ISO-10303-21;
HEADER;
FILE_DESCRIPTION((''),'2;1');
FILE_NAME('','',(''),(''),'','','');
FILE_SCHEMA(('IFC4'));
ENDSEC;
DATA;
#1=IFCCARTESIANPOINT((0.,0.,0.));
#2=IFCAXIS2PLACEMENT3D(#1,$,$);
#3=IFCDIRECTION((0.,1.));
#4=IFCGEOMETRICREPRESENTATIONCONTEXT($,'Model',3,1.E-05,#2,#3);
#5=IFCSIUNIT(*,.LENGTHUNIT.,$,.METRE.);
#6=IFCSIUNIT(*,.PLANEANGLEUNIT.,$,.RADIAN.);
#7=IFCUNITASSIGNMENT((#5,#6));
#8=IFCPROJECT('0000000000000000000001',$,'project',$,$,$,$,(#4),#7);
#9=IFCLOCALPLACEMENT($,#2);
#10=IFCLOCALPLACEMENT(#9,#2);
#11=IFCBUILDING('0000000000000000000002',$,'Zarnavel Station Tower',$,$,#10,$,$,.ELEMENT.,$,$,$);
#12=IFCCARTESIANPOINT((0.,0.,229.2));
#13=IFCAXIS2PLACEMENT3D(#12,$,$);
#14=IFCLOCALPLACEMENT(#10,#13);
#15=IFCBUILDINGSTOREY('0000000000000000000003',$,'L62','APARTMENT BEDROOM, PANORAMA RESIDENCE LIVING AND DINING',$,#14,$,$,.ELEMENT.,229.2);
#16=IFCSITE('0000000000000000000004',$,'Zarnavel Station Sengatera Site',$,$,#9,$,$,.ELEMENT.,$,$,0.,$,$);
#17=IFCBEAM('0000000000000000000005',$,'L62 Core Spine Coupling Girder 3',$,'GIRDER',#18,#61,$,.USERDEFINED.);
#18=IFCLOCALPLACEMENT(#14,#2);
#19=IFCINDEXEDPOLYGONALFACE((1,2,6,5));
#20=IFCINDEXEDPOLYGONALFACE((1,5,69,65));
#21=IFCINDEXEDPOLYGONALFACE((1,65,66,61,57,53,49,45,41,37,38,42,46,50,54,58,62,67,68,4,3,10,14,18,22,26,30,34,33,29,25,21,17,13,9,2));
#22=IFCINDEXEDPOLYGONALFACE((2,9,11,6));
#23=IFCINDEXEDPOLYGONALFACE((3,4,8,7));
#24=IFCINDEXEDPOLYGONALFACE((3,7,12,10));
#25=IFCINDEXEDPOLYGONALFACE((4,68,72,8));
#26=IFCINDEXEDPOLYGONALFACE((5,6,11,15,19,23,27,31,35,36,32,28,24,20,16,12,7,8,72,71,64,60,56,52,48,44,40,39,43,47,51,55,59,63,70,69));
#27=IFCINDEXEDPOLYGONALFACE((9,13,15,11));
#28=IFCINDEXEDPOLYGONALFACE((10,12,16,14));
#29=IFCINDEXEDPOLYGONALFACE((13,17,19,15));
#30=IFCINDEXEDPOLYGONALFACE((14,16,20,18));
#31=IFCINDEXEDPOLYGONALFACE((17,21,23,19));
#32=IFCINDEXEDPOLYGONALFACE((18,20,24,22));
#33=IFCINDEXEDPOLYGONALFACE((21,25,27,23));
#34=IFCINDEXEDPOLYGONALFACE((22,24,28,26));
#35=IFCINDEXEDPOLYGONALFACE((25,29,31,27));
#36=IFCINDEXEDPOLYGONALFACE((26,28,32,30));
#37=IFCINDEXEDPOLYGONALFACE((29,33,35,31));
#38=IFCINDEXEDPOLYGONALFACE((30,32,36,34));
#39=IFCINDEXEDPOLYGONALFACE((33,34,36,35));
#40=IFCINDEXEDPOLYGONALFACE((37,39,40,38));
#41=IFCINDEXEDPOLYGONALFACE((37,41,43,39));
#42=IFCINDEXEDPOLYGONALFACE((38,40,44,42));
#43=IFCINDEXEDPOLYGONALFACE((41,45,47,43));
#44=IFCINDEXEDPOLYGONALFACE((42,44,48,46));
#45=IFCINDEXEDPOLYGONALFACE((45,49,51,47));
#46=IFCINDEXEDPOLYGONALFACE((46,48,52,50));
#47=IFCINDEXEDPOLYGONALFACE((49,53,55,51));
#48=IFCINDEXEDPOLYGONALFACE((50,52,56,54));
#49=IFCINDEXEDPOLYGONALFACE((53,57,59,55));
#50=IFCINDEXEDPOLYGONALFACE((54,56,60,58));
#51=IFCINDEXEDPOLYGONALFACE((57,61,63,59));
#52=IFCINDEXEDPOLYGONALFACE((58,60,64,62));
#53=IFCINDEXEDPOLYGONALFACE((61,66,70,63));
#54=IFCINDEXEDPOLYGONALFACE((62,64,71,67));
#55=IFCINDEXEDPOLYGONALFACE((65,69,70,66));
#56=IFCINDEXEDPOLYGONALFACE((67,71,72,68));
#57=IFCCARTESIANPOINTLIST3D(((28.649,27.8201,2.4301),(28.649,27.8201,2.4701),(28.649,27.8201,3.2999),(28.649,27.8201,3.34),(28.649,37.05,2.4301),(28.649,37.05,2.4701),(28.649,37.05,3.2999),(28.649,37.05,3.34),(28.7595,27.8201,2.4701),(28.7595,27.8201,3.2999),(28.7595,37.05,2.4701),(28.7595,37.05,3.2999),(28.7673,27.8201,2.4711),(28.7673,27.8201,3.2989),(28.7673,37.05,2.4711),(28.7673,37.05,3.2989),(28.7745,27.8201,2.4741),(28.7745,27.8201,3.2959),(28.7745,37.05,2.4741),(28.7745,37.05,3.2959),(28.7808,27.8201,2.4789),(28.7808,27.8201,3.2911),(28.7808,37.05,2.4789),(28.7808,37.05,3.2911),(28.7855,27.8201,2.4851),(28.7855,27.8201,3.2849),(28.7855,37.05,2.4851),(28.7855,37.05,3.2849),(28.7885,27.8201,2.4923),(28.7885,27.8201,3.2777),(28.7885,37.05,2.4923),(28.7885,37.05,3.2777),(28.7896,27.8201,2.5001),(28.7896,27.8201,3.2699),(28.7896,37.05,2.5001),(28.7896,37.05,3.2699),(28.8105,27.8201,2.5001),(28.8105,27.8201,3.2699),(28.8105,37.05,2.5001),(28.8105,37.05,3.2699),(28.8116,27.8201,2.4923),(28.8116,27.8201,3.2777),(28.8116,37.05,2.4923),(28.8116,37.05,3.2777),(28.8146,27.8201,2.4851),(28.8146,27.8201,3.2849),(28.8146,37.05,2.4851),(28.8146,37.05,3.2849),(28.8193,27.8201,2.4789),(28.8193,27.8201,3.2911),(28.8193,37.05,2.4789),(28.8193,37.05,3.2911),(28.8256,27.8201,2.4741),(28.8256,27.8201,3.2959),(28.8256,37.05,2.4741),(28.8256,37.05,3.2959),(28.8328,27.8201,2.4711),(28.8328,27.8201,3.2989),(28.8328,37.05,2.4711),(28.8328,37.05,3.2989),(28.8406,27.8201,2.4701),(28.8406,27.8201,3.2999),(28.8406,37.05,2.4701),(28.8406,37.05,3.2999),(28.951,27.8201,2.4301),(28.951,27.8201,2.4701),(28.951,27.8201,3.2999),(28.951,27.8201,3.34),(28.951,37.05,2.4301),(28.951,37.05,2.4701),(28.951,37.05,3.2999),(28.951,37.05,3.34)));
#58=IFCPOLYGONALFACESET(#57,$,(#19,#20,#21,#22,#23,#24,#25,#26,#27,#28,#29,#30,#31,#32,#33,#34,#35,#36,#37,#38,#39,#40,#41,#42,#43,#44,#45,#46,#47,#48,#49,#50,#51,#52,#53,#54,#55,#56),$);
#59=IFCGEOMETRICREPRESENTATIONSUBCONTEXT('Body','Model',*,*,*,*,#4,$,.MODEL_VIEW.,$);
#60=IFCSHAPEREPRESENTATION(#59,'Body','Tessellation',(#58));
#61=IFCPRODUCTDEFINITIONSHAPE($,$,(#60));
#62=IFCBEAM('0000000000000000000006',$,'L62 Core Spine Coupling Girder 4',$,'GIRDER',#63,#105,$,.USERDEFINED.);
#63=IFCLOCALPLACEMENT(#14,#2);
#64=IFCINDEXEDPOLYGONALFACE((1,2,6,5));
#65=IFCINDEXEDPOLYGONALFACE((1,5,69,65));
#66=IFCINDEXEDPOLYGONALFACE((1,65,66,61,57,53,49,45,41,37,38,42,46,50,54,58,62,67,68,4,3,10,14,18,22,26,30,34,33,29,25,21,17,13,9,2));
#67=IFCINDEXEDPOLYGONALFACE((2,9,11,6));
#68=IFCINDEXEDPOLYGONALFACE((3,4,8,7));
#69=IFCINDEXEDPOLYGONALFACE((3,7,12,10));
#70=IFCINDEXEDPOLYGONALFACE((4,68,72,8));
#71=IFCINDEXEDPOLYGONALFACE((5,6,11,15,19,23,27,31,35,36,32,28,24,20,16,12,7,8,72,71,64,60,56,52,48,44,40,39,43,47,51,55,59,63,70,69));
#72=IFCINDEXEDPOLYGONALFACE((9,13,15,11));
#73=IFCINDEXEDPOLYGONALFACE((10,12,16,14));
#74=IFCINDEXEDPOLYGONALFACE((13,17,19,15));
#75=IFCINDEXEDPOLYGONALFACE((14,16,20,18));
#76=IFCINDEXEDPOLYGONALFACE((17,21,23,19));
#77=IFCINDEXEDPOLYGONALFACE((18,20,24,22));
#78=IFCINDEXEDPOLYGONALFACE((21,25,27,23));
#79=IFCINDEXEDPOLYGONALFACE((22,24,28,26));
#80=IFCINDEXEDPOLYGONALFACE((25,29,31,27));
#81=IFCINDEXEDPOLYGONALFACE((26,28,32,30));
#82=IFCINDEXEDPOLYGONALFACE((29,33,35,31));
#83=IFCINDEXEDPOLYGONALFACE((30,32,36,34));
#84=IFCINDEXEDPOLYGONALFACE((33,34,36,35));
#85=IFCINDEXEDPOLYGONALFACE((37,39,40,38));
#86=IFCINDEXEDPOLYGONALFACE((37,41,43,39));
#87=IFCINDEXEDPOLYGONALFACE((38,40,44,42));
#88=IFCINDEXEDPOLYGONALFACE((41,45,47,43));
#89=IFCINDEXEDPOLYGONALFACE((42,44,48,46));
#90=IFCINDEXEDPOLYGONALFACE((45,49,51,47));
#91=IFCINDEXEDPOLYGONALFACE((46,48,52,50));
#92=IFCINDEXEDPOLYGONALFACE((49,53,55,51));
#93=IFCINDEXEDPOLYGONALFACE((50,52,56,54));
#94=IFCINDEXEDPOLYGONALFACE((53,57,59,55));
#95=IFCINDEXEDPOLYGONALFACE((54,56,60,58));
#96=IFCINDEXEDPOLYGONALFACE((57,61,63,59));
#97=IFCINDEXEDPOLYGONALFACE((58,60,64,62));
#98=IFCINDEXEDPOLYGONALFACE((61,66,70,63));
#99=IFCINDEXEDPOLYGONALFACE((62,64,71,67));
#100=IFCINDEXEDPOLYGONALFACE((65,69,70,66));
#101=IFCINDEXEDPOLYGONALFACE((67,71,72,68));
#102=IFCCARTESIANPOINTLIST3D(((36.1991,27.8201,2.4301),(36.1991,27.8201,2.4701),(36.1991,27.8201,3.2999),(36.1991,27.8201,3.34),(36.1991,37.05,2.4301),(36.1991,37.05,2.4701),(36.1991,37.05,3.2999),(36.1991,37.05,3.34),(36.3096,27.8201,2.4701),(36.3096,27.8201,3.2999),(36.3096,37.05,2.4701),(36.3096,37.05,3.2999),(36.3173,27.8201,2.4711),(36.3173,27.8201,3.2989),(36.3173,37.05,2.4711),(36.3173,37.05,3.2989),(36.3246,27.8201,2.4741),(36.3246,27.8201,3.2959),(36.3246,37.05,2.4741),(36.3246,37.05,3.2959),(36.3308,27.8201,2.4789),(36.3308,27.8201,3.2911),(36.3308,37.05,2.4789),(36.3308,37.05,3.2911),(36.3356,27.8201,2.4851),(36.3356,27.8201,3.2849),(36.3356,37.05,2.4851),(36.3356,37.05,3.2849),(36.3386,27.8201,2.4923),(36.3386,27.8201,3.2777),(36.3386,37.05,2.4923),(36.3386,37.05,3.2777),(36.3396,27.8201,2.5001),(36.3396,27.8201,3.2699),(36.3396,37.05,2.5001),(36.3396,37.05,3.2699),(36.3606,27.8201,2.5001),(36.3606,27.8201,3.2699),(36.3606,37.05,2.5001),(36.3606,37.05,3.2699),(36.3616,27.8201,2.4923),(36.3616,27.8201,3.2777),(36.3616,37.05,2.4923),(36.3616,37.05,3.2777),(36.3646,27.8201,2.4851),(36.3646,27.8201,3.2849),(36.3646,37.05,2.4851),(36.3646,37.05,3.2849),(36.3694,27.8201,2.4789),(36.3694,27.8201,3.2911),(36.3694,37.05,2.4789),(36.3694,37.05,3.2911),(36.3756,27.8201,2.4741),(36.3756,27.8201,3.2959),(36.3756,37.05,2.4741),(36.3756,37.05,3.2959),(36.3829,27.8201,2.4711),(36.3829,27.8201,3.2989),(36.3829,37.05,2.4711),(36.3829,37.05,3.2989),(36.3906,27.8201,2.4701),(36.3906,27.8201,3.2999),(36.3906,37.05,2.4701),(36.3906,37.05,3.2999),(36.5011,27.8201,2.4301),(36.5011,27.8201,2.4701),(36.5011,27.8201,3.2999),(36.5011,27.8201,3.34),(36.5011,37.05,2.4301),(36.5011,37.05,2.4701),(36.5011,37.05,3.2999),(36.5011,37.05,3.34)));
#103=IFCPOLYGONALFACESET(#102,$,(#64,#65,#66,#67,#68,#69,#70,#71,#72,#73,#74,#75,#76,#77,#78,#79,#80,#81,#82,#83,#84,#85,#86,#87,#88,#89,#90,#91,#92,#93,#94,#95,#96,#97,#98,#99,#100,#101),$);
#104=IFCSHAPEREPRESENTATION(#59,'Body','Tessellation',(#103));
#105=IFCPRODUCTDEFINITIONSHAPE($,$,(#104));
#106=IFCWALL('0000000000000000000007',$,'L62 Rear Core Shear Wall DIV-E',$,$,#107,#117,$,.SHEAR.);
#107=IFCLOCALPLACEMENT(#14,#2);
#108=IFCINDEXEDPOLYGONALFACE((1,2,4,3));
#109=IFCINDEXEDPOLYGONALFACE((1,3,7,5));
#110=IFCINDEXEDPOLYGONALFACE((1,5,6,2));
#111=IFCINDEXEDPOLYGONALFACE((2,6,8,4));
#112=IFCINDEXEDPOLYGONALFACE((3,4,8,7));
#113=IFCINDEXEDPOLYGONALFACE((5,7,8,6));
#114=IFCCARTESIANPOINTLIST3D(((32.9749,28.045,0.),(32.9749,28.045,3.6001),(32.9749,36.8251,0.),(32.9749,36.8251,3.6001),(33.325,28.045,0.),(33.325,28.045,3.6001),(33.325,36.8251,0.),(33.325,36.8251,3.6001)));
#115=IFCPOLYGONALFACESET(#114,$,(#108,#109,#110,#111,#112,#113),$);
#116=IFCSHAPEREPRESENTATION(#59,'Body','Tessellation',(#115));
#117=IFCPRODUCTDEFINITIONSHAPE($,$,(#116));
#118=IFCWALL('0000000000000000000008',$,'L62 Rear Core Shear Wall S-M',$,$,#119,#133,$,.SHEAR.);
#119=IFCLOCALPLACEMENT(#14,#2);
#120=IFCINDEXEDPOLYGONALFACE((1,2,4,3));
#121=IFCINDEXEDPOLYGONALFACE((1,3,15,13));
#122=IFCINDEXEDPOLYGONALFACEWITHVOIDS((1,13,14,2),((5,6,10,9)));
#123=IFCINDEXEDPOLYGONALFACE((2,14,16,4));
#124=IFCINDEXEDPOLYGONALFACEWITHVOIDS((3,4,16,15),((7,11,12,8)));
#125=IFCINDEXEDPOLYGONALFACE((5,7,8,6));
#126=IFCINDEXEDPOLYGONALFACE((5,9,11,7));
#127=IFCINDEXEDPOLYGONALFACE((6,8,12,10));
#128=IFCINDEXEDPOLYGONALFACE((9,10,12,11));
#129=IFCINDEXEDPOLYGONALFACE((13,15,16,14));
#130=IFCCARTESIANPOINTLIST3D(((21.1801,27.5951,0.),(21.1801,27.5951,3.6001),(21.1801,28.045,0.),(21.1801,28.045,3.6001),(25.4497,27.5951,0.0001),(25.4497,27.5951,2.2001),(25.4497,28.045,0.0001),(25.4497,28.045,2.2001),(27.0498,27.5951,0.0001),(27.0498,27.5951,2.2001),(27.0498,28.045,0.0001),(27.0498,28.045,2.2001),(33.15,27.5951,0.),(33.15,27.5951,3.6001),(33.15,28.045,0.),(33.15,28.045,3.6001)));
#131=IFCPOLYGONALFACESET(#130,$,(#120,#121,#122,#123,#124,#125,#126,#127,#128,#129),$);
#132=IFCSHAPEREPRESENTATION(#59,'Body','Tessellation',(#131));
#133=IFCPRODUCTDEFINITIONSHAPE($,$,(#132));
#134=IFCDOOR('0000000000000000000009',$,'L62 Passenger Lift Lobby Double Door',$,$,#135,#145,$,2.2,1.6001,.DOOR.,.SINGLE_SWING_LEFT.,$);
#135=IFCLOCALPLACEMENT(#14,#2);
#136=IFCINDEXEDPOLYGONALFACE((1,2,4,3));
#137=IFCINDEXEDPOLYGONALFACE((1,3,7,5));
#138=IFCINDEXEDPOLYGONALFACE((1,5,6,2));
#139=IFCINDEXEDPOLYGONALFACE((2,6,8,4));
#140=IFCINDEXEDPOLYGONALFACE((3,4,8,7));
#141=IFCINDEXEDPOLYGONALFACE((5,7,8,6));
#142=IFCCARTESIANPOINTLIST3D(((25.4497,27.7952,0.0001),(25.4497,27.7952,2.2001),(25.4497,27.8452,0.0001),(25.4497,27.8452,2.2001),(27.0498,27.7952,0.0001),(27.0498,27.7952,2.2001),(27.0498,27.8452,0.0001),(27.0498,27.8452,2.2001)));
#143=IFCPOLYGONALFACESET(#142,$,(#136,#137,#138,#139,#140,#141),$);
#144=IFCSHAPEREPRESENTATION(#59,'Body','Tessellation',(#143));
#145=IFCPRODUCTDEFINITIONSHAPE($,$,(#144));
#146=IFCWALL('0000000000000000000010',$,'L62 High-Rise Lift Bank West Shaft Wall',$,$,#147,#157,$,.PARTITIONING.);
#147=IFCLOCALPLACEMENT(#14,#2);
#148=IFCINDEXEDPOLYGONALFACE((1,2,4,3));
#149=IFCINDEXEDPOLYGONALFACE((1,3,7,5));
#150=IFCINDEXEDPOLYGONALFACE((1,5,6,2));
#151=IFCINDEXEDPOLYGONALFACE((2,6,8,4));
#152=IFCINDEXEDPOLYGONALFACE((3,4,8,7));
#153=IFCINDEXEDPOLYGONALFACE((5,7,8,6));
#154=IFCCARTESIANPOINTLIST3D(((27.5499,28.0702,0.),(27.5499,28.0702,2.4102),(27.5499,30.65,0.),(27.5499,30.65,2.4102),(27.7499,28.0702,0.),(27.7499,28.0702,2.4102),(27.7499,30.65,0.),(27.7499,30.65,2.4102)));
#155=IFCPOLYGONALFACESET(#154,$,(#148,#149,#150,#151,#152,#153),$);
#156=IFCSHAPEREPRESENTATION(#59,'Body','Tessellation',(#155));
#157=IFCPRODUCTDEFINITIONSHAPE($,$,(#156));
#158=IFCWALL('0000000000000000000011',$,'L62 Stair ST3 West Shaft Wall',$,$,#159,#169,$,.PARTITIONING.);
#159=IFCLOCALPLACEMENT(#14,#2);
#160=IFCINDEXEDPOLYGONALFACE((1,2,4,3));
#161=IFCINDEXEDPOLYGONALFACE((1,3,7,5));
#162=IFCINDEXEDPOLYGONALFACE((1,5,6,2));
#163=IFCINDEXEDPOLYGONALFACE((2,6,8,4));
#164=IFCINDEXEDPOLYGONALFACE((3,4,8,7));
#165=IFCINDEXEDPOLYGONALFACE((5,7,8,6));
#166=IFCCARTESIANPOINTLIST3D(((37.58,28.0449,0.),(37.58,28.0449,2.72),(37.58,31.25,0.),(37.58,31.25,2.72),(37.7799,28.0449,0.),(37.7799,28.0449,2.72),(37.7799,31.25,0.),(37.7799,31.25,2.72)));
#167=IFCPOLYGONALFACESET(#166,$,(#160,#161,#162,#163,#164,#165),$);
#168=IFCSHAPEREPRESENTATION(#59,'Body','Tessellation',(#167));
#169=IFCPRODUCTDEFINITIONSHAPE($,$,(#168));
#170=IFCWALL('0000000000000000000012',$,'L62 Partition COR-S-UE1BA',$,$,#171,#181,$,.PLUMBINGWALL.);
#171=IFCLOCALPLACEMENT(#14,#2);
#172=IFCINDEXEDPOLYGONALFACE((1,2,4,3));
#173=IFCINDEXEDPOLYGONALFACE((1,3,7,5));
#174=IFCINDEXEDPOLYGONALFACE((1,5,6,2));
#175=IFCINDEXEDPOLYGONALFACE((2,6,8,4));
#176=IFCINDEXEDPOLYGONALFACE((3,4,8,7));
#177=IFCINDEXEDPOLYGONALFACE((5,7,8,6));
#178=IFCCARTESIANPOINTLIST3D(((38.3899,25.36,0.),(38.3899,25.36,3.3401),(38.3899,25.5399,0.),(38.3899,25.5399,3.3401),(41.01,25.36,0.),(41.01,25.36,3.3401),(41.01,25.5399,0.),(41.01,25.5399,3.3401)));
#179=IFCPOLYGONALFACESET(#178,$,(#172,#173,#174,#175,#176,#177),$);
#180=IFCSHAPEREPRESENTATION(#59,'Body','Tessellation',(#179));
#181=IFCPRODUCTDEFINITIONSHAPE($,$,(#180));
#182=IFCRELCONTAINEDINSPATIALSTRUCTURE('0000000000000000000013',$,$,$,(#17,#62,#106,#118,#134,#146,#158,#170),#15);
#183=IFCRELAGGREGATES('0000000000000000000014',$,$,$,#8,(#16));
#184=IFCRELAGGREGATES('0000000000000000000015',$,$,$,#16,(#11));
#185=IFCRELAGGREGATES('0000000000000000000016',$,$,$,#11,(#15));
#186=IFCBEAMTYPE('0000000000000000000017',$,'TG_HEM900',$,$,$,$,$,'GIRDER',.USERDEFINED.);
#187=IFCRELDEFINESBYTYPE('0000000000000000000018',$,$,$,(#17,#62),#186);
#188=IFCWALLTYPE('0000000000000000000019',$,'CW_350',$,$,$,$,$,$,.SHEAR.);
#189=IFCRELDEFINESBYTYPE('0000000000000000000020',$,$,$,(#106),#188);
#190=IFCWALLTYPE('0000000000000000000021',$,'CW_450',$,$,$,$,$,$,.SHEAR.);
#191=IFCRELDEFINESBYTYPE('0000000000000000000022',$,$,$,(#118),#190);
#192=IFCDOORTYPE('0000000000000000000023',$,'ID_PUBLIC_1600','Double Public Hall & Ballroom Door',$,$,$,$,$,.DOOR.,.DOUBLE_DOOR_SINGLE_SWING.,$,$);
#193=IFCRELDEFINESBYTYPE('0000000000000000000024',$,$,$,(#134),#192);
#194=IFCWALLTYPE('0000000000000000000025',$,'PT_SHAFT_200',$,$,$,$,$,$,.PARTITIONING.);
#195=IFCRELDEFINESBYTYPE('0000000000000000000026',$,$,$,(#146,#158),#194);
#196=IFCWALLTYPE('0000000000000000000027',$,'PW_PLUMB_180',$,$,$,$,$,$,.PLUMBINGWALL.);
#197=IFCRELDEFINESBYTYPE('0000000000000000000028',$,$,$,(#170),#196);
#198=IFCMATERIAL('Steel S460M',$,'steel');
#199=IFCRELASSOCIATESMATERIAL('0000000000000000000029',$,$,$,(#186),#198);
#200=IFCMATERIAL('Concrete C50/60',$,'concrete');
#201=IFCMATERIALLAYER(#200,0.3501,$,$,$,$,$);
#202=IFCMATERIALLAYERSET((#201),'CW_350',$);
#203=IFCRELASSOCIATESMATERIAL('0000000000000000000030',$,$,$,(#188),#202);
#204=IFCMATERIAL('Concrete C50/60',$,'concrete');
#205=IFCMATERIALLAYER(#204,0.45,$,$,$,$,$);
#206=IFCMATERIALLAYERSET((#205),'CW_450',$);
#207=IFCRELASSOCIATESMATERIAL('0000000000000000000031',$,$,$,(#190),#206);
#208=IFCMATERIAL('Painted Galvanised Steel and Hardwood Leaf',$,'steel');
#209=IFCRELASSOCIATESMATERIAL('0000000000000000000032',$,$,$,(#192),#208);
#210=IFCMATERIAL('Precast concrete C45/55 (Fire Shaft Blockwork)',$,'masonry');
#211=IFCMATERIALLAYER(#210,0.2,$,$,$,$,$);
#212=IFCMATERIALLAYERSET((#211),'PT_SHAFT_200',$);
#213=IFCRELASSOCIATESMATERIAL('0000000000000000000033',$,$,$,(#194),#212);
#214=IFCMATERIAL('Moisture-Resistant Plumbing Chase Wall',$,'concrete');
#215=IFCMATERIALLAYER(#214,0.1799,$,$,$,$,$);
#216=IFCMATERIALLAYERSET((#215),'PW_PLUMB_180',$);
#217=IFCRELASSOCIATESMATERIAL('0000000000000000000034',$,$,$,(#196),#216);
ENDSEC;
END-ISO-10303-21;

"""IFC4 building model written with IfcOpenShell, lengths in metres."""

from ifc_helpers import new_model, si_unit, direction, frame, frame_2d, origin, origin_2d, place, context, subcontext, project, spatial, rectangle, i_section, extrude, material, layer, layer_set, material_profile, profile_set, type_object, element, fill, save


model = new_model("IFC4")

# Units and contexts
model_context = context("Model", 3, precision=1e-05, world=origin(), true_north=direction((0.0, 1.0)))
body_context = subcontext(model_context, "Body", "Model", "MODEL_VIEW")
ifc_project = project(units=[si_unit("LENGTHUNIT", "METRE"), si_unit("PLANEANGLEUNIT", "RADIAN")], contexts=[model_context])

# Site, building, storey
site_placement = place(None, origin())
site = spatial("IfcSite", under=ifc_project, at=site_placement, Name="Zarnavel Station Sengatera Site", CompositionType="ELEMENT", RefElevation=0.0)
building_placement = place(site_placement, origin())
building = spatial("IfcBuilding", under=site, at=building_placement, Name="Zarnavel Station Tower", CompositionType="ELEMENT")
storey_placement = place(building_placement, frame((0.0, 0.0, 229.2)))
storey = spatial("IfcBuildingStorey", under=building, at=storey_placement, Name="L62", Description="APARTMENT BEDROOM, PANORAMA RESIDENCE LIVING AND DINING", CompositionType="ELEMENT", Elevation=229.2)

# Beams
ifc_material_1 = material(Name="Steel S460M", Category="steel")
ifc_material_profile_1 = material_profile(ifc_material_1, i_section(OverallWidth=0.302, OverallDepth=0.9099, WebThickness=0.021, FlangeThickness=0.04, FilletRadius=0.03, at=origin_2d()), Name="HEM900")
ifc_profile_set_1 = profile_set([ifc_material_profile_1], Name="Steel S460M")
beam_type_1 = type_object("IfcBeamType", Name="TG_HEM900", ElementType="GIRDER", PredefinedType="USERDEFINED", material=ifc_profile_set_1)
for number, where, z_axis, x_axis, name in (
    (1, (28.8, 27.8201, 2.885), (0.0, 1.0, 0.0), (-1.0, 0.0, 0.0), "L62 Core Spine Coupling Girder 3"),
    (2, (36.3501, 27.8201, 2.885), (0.0, 1.0, 0.0), (-1.0, 0.0, 0.0), "L62 Core Spine Coupling Girder 4"),
):
    element("IfcBeam", number, at=place(storey_placement, frame(where, z_axis=z_axis, x_axis=x_axis)), inside=storey, type_object=beam_type_1, Name=name, ObjectType="GIRDER", PredefinedType="USERDEFINED", context=body_context, shape_type="SweptSolid", body=[
        extrude(i_section(OverallWidth=0.302, OverallDepth=0.9099, WebThickness=0.021, FlangeThickness=0.04, FilletRadius=0.03, at=origin_2d()), origin(), (0.0, 0.0, 1.0), 9.23),
    ])

# Wall
ifc_material_2 = material(Name="Concrete C50/60", Category="concrete")
ifc_layer_1 = layer(ifc_material_2, 0.3501)
ifc_layer_set_1 = layer_set([ifc_layer_1], Name="CW_350")
wall_type_1 = type_object("IfcWallType", Name="CW_350", PredefinedType="SHEAR", material=ifc_layer_set_1)
wall_1_placement = place(storey_placement, frame((33.1499, 28.0449, 0.0), z_axis=(0.0, 0.0, 1.0), x_axis=(0.0, 1.0, 0.0)))
element("IfcWall", 3, at=wall_1_placement, inside=storey, type_object=wall_type_1, Name="L62 Rear Core Shear Wall DIV-E", PredefinedType="SHEAR", context=body_context, shape_type="SweptSolid", body=[
    extrude(rectangle(XDim=8.78, YDim=0.3501, at=frame_2d((4.3901, 0.0))), origin(), (0.0, 0.0, 1.0), 3.6001),
])

# Wall, opening, door
ifc_material_3 = material(Name="Concrete C50/60", Category="concrete")
ifc_layer_2 = layer(ifc_material_3, 0.45)
ifc_layer_set_2 = layer_set([ifc_layer_2], Name="CW_450")
wall_type_2 = type_object("IfcWallType", Name="CW_450", PredefinedType="SHEAR", material=ifc_layer_set_2)
wall_2_placement = place(storey_placement, frame((33.1499, 27.8201, 0.0), z_axis=(0.0, 0.0, 1.0), x_axis=(-1.0, 0.0, 0.0)))
wall_2 = element("IfcWall", 4, at=wall_2_placement, inside=storey, type_object=wall_type_2, Name="L62 Rear Core Shear Wall S-M", PredefinedType="SHEAR", context=body_context, shape_type="SweptSolid", body=[
    extrude(rectangle(XDim=11.97, YDim=0.45, at=frame_2d((5.9849, 0.0))), origin(), (0.0, 0.0, 1.0), 3.6001),
])
opening_1_placement = place(wall_2_placement, frame((6.1001, 0.0, 0.0)))
opening_1 = element("IfcOpeningElement", 5, at=opening_1_placement, cuts=wall_2, PredefinedType="OPENING", context=body_context, shape_type="SweptSolid", body=[
    extrude(rectangle(XDim=1.6001, YDim=2.2, at=frame_2d((0.8, 1.1001))), frame((0.0, 0.2349, 0.0), z_axis=(0.0, -1.0, 0.0), x_axis=(1.0, 0.0, 0.0)), (0.0, 0.0, 1.0), 0.47),
])
ifc_material_4 = material(Name="Painted Galvanised Steel and Hardwood Leaf", Category="steel")
door_type_1 = type_object("IfcDoorType", Name="ID_PUBLIC_1600", Description="Double Public Hall & Ballroom Door", OperationType="DOUBLE_DOOR_SINGLE_SWING", PredefinedType="DOOR", material=ifc_material_4)
door_1_placement = place(opening_1_placement, origin())
door_1 = element("IfcDoor", 6, at=door_1_placement, inside=storey, type_object=door_type_1, Name="L62 Passenger Lift Lobby Double Door", OperationType="SINGLE_SWING_LEFT", OverallHeight=2.2, OverallWidth=1.6001, PredefinedType="DOOR", context=body_context, shape_type="SweptSolid", body=[
    extrude(rectangle(XDim=1.6001, YDim=2.2, at=frame_2d((0.8, 1.1001))), frame((0.0, 0.0249, 0.0), z_axis=(0.0, -1.0, 0.0), x_axis=(1.0, 0.0, 0.0)), (0.0, 0.0, 1.0), 0.05),
])
fill(opening_1, door_1)

# Walls
ifc_material_5 = material(Name="Precast concrete C45/55 (Fire Shaft Blockwork)", Category="masonry")
ifc_layer_3 = layer(ifc_material_5, 0.2)
ifc_layer_set_3 = layer_set([ifc_layer_3], Name="PT_SHAFT_200")
wall_type_3 = type_object("IfcWallType", Name="PT_SHAFT_200", PredefinedType="PARTITIONING", material=ifc_layer_set_3)
wall_3_placement = place(storey_placement, frame((27.6499, 28.0701, 0.0), z_axis=(0.0, 0.0, 1.0), x_axis=(0.0, 1.0, 0.0)))
element("IfcWall", 7, at=wall_3_placement, inside=storey, type_object=wall_type_3, Name="L62 High-Rise Lift Bank West Shaft Wall", PredefinedType="PARTITIONING", context=body_context, shape_type="SweptSolid", body=[
    extrude(rectangle(XDim=2.5798, YDim=0.2, at=frame_2d((1.29, 0.0))), origin(), (0.0, 0.0, 1.0), 2.4102),
])
wall_4_placement = place(storey_placement, frame((37.6799, 28.0449, 0.0), z_axis=(0.0, 0.0, 1.0), x_axis=(0.0, 1.0, 0.0)))
element("IfcWall", 8, at=wall_4_placement, inside=storey, type_object=wall_type_3, Name="L62 Stair ST3 West Shaft Wall", PredefinedType="PARTITIONING", context=body_context, shape_type="SweptSolid", body=[
    extrude(rectangle(XDim=3.2051, YDim=0.2, at=frame_2d((1.6025, 0.0))), origin(), (0.0, 0.0, 1.0), 2.72),
])
ifc_material_6 = material(Name="Moisture-Resistant Plumbing Chase Wall", Category="concrete")
ifc_layer_4 = layer(ifc_material_6, 0.1799)
ifc_layer_set_4 = layer_set([ifc_layer_4], Name="PW_PLUMB_180")
wall_type_4 = type_object("IfcWallType", Name="PW_PLUMB_180", PredefinedType="PLUMBINGWALL", material=ifc_layer_set_4)
wall_5_placement = place(storey_placement, frame((38.3899, 25.45, 0.0), z_axis=(0.0, 0.0, 1.0), x_axis=(1.0, 0.0, 0.0)))
element("IfcWall", 9, at=wall_5_placement, inside=storey, type_object=wall_type_4, Name="L62 Partition COR-S-UE1BA", PredefinedType="PLUMBINGWALL", context=body_context, shape_type="SweptSolid", body=[
    extrude(rectangle(XDim=2.6201, YDim=0.1799, at=frame_2d((1.3101, 0.0))), origin(), (0.0, 0.0, 1.0), 3.3401),
])

save(model, "model.ifc")
